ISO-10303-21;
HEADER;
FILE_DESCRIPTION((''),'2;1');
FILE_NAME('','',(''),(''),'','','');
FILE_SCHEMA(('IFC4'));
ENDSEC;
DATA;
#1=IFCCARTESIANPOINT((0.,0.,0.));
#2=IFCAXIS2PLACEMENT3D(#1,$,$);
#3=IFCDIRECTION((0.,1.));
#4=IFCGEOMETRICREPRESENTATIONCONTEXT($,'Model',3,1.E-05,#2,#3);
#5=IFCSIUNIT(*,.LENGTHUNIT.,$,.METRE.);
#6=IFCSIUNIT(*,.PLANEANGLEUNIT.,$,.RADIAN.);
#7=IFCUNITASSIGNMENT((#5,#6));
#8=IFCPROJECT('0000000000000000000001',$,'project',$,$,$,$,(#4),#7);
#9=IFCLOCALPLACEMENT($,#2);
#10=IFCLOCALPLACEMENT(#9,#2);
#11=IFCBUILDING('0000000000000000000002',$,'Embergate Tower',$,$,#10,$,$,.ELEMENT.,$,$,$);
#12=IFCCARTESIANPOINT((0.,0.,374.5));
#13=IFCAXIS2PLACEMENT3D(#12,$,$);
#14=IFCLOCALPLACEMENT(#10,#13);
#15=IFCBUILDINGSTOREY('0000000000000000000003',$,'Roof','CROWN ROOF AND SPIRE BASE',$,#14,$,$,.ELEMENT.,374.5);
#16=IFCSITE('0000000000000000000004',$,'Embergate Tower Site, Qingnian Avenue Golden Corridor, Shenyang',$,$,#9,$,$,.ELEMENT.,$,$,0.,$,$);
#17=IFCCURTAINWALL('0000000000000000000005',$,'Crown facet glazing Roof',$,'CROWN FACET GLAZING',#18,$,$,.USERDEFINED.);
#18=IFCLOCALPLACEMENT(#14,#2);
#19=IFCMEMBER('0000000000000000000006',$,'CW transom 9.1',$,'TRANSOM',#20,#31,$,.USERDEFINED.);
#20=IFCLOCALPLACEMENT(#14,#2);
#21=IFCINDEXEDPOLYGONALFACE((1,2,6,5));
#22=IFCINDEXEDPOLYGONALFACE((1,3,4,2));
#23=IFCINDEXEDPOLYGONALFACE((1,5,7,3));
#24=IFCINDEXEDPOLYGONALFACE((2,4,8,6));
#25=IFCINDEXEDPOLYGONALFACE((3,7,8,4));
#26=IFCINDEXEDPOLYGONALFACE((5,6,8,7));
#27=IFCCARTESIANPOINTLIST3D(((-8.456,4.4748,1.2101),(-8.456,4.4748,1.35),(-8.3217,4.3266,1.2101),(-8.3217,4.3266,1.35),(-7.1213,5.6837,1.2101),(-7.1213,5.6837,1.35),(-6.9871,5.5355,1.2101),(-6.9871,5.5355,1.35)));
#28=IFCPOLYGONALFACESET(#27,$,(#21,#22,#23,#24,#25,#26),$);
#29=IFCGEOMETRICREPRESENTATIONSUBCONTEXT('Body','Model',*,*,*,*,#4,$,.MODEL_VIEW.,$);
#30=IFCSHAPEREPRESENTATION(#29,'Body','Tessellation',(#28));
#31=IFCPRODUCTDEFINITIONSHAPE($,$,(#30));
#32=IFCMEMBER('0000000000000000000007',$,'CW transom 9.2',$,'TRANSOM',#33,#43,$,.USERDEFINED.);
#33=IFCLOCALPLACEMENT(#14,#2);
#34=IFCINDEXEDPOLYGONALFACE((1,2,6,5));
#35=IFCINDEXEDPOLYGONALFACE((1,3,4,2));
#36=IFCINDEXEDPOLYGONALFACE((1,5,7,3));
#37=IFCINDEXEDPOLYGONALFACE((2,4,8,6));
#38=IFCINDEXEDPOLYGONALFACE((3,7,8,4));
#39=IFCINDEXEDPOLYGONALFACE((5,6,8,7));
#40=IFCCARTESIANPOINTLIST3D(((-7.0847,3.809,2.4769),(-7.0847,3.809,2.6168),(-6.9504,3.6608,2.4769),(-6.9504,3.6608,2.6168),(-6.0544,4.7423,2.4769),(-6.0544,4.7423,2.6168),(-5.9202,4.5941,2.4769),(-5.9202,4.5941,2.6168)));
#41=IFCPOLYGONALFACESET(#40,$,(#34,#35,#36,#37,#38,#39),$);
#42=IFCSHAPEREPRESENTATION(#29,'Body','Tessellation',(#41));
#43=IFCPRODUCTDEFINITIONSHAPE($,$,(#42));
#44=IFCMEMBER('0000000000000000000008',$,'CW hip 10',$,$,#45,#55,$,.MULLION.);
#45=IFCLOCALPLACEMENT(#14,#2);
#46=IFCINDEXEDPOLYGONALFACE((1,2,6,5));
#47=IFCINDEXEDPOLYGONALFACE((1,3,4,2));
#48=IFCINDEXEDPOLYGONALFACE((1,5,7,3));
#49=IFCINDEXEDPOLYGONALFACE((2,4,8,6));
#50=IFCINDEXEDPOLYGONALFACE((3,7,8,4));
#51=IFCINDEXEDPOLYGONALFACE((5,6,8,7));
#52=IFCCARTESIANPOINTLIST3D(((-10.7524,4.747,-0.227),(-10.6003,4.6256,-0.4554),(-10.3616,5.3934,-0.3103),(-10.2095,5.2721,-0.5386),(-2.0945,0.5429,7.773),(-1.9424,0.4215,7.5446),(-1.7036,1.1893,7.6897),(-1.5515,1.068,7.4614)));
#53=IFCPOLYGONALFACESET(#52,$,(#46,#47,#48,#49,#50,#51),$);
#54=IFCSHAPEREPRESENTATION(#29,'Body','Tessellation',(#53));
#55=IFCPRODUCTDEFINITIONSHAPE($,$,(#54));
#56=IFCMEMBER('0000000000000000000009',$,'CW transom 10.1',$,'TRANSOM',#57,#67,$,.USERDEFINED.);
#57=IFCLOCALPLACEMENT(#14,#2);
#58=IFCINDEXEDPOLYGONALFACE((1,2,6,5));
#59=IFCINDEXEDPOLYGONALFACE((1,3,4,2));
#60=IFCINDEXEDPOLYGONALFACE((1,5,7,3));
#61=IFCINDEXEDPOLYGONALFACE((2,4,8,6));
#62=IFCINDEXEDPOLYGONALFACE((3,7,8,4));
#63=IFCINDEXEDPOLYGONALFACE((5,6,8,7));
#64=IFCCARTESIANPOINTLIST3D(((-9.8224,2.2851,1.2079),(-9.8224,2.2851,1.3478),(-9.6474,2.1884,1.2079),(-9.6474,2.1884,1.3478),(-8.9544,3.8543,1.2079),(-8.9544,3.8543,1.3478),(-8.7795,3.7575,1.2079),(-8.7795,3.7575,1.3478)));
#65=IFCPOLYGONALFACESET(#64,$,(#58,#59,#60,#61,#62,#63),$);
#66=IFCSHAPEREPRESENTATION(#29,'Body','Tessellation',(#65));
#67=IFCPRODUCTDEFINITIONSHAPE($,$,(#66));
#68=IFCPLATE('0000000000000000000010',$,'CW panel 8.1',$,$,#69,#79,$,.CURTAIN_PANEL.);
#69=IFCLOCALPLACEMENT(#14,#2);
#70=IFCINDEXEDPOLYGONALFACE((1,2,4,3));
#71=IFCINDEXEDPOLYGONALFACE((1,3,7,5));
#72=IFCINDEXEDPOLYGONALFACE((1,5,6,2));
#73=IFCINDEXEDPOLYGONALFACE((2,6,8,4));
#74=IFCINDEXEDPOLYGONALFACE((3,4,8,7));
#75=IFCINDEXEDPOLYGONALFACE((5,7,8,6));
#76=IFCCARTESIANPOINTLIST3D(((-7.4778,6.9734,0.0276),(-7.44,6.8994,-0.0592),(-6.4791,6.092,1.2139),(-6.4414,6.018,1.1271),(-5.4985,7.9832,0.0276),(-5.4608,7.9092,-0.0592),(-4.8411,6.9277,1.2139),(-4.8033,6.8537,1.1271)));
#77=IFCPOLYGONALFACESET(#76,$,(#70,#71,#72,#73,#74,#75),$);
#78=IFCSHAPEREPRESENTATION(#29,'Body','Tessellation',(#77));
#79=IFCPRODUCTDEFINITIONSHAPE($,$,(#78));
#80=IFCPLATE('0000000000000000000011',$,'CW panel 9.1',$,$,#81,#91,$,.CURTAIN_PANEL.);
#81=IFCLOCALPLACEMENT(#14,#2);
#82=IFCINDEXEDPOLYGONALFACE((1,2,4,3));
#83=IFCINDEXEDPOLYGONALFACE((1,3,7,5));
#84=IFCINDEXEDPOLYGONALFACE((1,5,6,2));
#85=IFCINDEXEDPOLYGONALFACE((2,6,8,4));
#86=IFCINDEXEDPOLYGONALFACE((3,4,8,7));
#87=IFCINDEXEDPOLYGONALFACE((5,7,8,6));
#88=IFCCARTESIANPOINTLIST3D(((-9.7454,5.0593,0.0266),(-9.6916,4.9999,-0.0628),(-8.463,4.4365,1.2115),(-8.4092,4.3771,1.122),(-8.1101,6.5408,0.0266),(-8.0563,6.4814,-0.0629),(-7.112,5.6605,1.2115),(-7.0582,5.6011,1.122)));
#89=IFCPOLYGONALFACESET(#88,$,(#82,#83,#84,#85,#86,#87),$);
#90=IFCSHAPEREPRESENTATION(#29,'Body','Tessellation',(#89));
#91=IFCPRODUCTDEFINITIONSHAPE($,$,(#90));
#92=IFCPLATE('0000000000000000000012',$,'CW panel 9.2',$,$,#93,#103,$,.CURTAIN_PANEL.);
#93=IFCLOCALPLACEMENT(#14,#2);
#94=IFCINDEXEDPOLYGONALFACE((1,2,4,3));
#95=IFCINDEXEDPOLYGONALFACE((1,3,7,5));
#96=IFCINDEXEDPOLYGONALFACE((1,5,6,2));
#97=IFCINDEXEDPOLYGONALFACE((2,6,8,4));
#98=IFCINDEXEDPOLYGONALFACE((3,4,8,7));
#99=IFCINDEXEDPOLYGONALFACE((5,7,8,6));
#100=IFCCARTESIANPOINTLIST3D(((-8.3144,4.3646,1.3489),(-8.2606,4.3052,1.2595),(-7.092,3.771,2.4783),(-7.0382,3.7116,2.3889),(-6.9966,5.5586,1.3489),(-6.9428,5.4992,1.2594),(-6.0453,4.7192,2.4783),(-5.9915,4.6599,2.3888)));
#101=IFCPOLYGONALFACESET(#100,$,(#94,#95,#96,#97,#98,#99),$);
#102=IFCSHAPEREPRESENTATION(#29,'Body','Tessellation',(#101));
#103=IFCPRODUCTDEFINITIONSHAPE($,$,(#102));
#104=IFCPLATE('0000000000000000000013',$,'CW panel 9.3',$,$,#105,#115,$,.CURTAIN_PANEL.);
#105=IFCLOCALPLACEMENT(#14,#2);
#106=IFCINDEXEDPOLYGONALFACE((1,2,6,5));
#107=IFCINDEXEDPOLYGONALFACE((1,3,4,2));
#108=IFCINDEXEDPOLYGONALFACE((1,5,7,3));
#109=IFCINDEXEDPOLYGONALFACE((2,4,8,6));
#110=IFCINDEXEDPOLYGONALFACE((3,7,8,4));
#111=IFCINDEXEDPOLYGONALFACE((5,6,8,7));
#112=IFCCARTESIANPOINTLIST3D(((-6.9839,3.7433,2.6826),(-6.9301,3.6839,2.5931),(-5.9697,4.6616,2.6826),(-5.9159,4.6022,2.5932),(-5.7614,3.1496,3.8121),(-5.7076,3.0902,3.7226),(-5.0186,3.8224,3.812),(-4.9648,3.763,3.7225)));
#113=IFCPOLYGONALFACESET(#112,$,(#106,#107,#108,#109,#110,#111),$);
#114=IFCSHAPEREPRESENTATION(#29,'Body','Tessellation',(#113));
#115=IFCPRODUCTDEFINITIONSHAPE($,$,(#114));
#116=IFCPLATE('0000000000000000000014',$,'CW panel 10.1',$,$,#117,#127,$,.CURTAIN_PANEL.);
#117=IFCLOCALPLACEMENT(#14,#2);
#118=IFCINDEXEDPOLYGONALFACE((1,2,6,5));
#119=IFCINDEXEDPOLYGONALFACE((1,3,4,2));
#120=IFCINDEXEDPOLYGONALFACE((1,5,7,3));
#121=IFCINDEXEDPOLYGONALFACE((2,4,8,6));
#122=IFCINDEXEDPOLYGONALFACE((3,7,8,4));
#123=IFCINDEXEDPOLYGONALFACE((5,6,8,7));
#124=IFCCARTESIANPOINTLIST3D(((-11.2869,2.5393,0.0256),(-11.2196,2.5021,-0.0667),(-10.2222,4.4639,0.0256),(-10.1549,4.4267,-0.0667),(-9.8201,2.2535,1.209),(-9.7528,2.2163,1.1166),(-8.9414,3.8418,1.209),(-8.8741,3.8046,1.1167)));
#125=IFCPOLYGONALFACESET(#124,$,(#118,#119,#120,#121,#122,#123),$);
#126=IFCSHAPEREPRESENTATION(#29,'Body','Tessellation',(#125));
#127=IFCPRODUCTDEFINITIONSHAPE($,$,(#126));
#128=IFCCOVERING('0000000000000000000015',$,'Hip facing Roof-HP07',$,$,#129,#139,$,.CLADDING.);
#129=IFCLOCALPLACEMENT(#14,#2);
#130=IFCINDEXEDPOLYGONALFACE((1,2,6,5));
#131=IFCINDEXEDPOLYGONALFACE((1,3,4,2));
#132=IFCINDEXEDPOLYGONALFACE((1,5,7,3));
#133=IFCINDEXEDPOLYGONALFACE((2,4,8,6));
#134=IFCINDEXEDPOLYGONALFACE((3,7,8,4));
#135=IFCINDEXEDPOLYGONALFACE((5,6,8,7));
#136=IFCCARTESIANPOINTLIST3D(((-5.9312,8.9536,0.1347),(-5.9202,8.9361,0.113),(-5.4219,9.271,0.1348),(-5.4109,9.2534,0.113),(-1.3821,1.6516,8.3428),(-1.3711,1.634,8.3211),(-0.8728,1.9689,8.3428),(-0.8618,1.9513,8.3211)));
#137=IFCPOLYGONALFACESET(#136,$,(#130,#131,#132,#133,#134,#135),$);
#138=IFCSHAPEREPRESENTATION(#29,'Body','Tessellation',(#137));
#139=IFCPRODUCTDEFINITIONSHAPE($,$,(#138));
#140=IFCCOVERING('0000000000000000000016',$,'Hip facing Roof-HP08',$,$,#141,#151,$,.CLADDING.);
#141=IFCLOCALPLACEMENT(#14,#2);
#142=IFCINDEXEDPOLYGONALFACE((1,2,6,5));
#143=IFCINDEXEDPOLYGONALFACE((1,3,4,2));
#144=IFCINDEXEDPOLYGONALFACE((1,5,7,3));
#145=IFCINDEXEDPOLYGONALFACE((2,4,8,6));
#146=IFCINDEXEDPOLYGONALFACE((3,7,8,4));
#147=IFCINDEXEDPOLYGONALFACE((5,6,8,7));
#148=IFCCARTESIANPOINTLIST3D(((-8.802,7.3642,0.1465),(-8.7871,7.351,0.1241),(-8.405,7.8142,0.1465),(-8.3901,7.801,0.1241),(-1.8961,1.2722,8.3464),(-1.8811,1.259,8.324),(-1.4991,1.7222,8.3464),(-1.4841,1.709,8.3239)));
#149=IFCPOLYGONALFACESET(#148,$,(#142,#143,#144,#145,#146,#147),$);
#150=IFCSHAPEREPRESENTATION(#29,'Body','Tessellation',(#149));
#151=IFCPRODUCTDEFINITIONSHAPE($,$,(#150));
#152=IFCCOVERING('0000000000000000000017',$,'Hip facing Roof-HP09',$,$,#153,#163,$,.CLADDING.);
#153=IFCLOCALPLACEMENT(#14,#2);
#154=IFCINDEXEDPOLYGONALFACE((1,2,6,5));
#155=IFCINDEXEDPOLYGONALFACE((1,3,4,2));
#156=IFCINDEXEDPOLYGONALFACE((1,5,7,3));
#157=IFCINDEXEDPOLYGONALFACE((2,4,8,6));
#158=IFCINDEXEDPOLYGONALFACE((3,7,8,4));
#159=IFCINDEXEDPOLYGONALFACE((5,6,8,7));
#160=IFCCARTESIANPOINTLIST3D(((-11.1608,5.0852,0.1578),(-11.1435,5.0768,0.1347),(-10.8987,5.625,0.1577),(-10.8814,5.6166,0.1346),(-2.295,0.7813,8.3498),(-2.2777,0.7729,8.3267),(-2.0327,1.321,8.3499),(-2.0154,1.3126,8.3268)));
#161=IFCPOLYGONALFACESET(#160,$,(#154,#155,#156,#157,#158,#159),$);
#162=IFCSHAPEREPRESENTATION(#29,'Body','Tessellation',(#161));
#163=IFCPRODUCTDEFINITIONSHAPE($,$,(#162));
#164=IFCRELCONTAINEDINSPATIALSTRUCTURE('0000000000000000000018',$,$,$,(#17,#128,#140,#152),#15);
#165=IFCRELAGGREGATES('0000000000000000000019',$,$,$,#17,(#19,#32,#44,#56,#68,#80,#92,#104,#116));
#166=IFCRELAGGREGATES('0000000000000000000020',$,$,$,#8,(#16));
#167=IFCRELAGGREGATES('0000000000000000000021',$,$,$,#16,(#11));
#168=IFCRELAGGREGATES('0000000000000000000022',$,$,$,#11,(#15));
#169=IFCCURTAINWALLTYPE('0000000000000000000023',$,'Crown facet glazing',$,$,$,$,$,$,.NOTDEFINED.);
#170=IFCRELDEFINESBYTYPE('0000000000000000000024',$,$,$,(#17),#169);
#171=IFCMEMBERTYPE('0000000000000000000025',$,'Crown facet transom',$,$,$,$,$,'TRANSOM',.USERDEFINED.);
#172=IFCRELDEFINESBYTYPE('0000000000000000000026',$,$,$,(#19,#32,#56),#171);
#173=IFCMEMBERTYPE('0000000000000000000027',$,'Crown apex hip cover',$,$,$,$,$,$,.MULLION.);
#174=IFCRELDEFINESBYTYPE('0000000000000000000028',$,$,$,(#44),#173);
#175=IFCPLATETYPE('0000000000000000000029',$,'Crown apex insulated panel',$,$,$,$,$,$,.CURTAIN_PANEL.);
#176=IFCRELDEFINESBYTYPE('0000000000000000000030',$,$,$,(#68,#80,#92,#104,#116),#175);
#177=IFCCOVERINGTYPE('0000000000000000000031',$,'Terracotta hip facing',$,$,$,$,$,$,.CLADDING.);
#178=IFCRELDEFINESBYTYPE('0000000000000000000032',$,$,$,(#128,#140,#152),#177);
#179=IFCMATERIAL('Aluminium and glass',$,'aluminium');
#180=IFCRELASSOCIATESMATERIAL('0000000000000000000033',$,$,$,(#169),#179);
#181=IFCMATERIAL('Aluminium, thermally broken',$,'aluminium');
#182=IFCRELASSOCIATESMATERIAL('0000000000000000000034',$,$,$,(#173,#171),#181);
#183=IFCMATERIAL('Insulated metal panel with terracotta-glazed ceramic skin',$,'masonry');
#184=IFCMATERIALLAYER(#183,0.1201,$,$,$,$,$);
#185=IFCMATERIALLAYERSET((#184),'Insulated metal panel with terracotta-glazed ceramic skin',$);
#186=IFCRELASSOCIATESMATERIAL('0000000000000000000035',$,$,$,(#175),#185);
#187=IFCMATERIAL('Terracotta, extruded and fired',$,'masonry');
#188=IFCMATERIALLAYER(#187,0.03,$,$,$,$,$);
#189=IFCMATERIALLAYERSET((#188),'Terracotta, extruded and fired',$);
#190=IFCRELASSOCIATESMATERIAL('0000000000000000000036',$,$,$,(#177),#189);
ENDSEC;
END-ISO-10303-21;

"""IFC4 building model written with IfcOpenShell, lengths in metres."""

from ifc_helpers import new_model, si_unit, direction, frame, origin, origin_2d, place, context, subcontext, project, spatial, polyline, rectangle, outline, extrude, source, transform, mapped, material, layer, layer_set, material_profile, profile_set, type_object, element, aggregate, save


model = new_model("IFC4")

# Units and contexts
model_context = context("Model", 3, precision=1e-05, world=origin(), true_north=direction((0.0, 1.0)))
body_context = subcontext(model_context, "Body", "Model", "MODEL_VIEW")
ifc_project = project(units=[si_unit("LENGTHUNIT", "METRE"), si_unit("PLANEANGLEUNIT", "RADIAN")], contexts=[model_context])

# Site, building, storey
site_placement = place(None, origin())
site = spatial("IfcSite", under=ifc_project, at=site_placement, Name="Embergate Tower Site, Qingnian Avenue Golden Corridor, Shenyang", CompositionType="ELEMENT", RefElevation=0.0)
building_placement = place(site_placement, origin())
building = spatial("IfcBuilding", under=site, at=building_placement, Name="Embergate Tower", CompositionType="ELEMENT")
storey_placement = place(building_placement, frame((0.0, 0.0, 374.5)))
storey = spatial("IfcBuildingStorey", under=building, at=storey_placement, Name="Roof", Description="CROWN ROOF AND SPIRE BASE", CompositionType="ELEMENT", Elevation=374.5)

# Curtain wall, members, plates
ifc_material_1 = material(Name="Aluminium and glass", Category="aluminium")
curtain_wall_type = type_object("IfcCurtainWallType", Name="Crown facet glazing", PredefinedType="NOTDEFINED", material=ifc_material_1)
curtain_wall_placement = place(storey_placement, origin())
curtain_wall = element("IfcCurtainWall", 1, at=curtain_wall_placement, inside=storey, type_object=curtain_wall_type, Name="Crown facet glazing Roof", ObjectType="CROWN FACET GLAZING", PredefinedType="USERDEFINED")
ifc_material_2 = material(Name="Aluminium, thermally broken", Category="aluminium")
ifc_material_profile_1 = material_profile(ifc_material_2, rectangle(XDim=0.3, YDim=0.76, at=origin_2d()), Name="AL 760x300")
ifc_profile_set_1 = profile_set([ifc_material_profile_1], Name="Aluminium, thermally broken")
member_type_1 = type_object("IfcMemberType", Name="Crown apex hip cover", PredefinedType="MULLION", material=ifc_profile_set_1)
ifc_material_profile_2 = material_profile(ifc_material_2, rectangle(XDim=0.2, YDim=0.1399, at=origin_2d()), Name="AL 140x200")
ifc_profile_set_2 = profile_set([ifc_material_profile_2], Name="Aluminium, thermally broken")
member_type_2 = type_object("IfcMemberType", Name="Crown facet transom", ElementType="TRANSOM", PredefinedType="USERDEFINED", material=ifc_profile_set_2)
shared_shape_1 = source(origin(), body_context, "Body", "SweptSolid", [
    extrude(rectangle(XDim=0.2, YDim=0.1399, at=origin_2d()), origin(), (0.0, 0.0, 1.0), 1.8008),
])
member_1_placement = place(storey_placement, frame((-7.0542, 5.6096, 1.28), z_axis=(-0.741153, -0.671336, 0.0), x_axis=(0.671336, -0.741153, 0.0)))
member_1 = element("IfcMember", 2, at=member_1_placement, type_object=member_type_2, Name="CW transom 9.1", ObjectType="TRANSOM", PredefinedType="USERDEFINED", context=body_context, shape_type="MappedRepresentation", body=[
    mapped(shared_shape_1, transform((0.0, 0.0, 0.0))),
])
shared_shape_2 = source(origin(), body_context, "Body", "SweptSolid", [
    extrude(rectangle(XDim=0.2, YDim=0.1399, at=origin_2d()), origin(), (0.0, 0.0, 1.0), 1.3901),
])
member_2_placement = place(storey_placement, frame((-5.9873, 4.6682, 2.5469), z_axis=(-0.741107, -0.671387, 0.0), x_axis=(0.671387, -0.741107, 0.0)))
member_2 = element("IfcMember", 3, at=member_2_placement, type_object=member_type_2, Name="CW transom 9.2", ObjectType="TRANSOM", PredefinedType="USERDEFINED", context=body_context, shape_type="MappedRepresentation", body=[
    mapped(shared_shape_2, transform((0.0, 0.0, 0.0))),
])
shared_shape_3 = source(origin(), body_context, "Body", "SweptSolid", [
    extrude(rectangle(XDim=0.3, YDim=0.76, at=origin_2d()), origin(), (0.0, 0.0, 1.0), 12.5154),
])
member_3_placement = place(storey_placement, frame((-10.481, 5.0095, -0.3828), z_axis=(0.691786, -0.335915, 0.639214), x_axis=(-0.506911, 0.404524, 0.761184)))
member_3 = element("IfcMember", 4, at=member_3_placement, type_object=member_type_1, Name="CW hip 10", PredefinedType="MULLION", context=body_context, shape_type="MappedRepresentation", body=[
    mapped(shared_shape_3, transform((0.0, 0.0, 0.0))),
])
shared_shape_4 = source(origin(), body_context, "Body", "SweptSolid", [
    extrude(rectangle(XDim=0.2, YDim=0.1399, at=origin_2d()), origin(), (0.0, 0.0, 1.0), 1.7932),
])
member_4_placement = place(storey_placement, frame((-8.8669, 3.8059, 1.2778), z_axis=(-0.484024, -0.875055, 0.0), x_axis=(0.875055, -0.484024, 0.0)))
member_4 = element("IfcMember", 5, at=member_4_placement, type_object=member_type_2, Name="CW transom 10.1", ObjectType="TRANSOM", PredefinedType="USERDEFINED", context=body_context, shape_type="MappedRepresentation", body=[
    mapped(shared_shape_4, transform((0.0, 0.0, 0.0))),
])
ifc_material_3 = material(Name="Insulated metal panel with terracotta-glazed ceramic skin", Category="masonry")
ifc_layer_1 = layer(ifc_material_3, 0.1201)
ifc_layer_set_1 = layer_set([ifc_layer_1], Name="Insulated metal panel with terracotta-glazed ceramic skin")
plate_type = type_object("IfcPlateType", Name="Crown apex insulated panel", PredefinedType="CURTAIN_PANEL", material=ifc_layer_set_1)
shared_shape_5 = source(origin(), body_context, "Body", "SweptSolid", [
    extrude(outline(polyline([(0.0, 0.0), (2.2219, 0.0), (1.7329, 1.7153), (-0.106, 1.7153), (0.0, 0.0)])), origin(), (0.0, 0.0, -1.0), 0.1201),
])
plate_1_placement = place(storey_placement, frame((-5.4985, 7.9832, 0.0276), z_axis=(-0.314299, 0.616041, 0.722295), x_axis=(-0.890769, -0.454456, -0.000006)))
plate_1 = element("IfcPlate", 6, at=plate_1_placement, type_object=plate_type, Name="CW panel 8.1", PredefinedType="CURTAIN_PANEL", context=body_context, shape_type="MappedRepresentation", body=[
    mapped(shared_shape_5, transform((0.0, 0.0, 0.0))),
])
shared_shape_6 = source(origin(), body_context, "Body", "SweptSolid", [
    extrude(outline(polyline([(0.0, 0.0), (2.2065, 0.0), (1.6743, 1.7756), (-0.1487, 1.7756), (0.0, 0.0)])), origin(), (0.0, 0.0, -1.0), 0.1201),
])
plate_2_placement = place(storey_placement, frame((-8.1101, 6.5408, 0.0266), z_axis=(-0.447996, 0.49453, 0.744808), x_axis=(-0.741107, -0.671387, 0.000011)))
plate_2 = element("IfcPlate", 7, at=plate_2_placement, type_object=plate_type, Name="CW panel 9.1", PredefinedType="CURTAIN_PANEL", context=body_context, shape_type="MappedRepresentation", body=[
    mapped(shared_shape_6, transform((0.0, 0.0, 0.0))),
])
shared_shape_7 = source(origin(), body_context, "Body", "SweptSolid", [
    extrude(outline(polyline([(0.0, 0.0), (1.7783, 0.0), (1.271, 1.6926), (-0.1414, 1.6926), (0.0, 0.0)])), origin(), (0.0, 0.0, -1.0), 0.1201),
])
plate_3_placement = place(storey_placement, frame((-6.9966, 5.5586, 1.3489), z_axis=(-0.447993, 0.494502, 0.744829), x_axis=(-0.741072, -0.671425, 0.000035)))
plate_3 = element("IfcPlate", 8, at=plate_3_placement, type_object=plate_type, Name="CW panel 9.2", PredefinedType="CURTAIN_PANEL", context=body_context, shape_type="MappedRepresentation", body=[
    mapped(shared_shape_7, transform((0.0, 0.0, 0.0))),
])
shared_shape_8 = source(origin(), body_context, "Body", "SweptSolid", [
    extrude(outline(polyline([(0.0, 0.0), (1.3682, 0.0), (0.8604, 1.6926), (-0.1418, 1.6924), (0.0, 0.0)])), origin(), (0.0, 0.0, -1.0), 0.1201),
])
plate_4_placement = place(storey_placement, frame((-5.9697, 4.6616, 2.6826), z_axis=(-0.447907, 0.494643, 0.744787), x_axis=(-0.741283, -0.671193, -0.000034)))
plate_4 = element("IfcPlate", 9, at=plate_4_placement, type_object=plate_type, Name="CW panel 9.3", PredefinedType="CURTAIN_PANEL", context=body_context, shape_type="MappedRepresentation", body=[
    mapped(shared_shape_8, transform((0.0, 0.0, 0.0))),
])
shared_shape_9 = source(origin(), body_context, "Body", "SweptSolid", [
    extrude(outline(polyline([(0.0, 0.0), (2.1995, 0.0), (1.7395, 1.8499), (-0.0757, 1.8499), (0.0, 0.0)])), origin(), (0.0, 0.0, -1.0), 0.1201),
])
plate_5_placement = place(storey_placement, frame((-10.2222, 4.4639, 0.0256), z_axis=(-0.559754, 0.309656, 0.768628), x_axis=(-0.484073, -0.875027, -0.000006)))
plate_5 = element("IfcPlate", 10, at=plate_5_placement, type_object=plate_type, Name="CW panel 10.1", PredefinedType="CURTAIN_PANEL", context=body_context, shape_type="MappedRepresentation", body=[
    mapped(shared_shape_9, transform((0.0, 0.0, 0.0))),
])
aggregate(curtain_wall, [member_1, member_2, member_3, member_4, plate_1, plate_2, plate_3, plate_4, plate_5])

# Coverings
ifc_material_4 = material(Name="Terracotta, extruded and fired", Category="masonry")
ifc_layer_2 = layer(ifc_material_4, 0.03)
ifc_layer_set_2 = layer_set([ifc_layer_2], Name="Terracotta, extruded and fired")
covering_type = type_object("IfcCoveringType", Name="Terracotta hip facing", PredefinedType="CLADDING", material=ifc_layer_set_2)
shared_shape_10 = source(origin(), body_context, "Body", "SweptSolid", [
    extrude(outline(polyline([(0.0, 0.0), (11.8906, 0.0), (11.8906, -0.6001), (0.0, -0.6001), (0.0, 0.0)])), origin(), (0.0, 0.0, -1.0), 0.03),
])
covering_1_placement = place(storey_placement, frame((-5.4219, 9.271, 0.1348), z_axis=(-0.3651, 0.585844, 0.723525), x_axis=(0.382579, -0.614102, 0.690298)))
element("IfcCovering", 11, at=covering_1_placement, inside=storey, type_object=covering_type, Name="Hip facing Roof-HP07", PredefinedType="CLADDING", context=body_context, shape_type="MappedRepresentation", body=[
    mapped(shared_shape_10, transform((0.0, 0.0, 0.0))),
])
shared_shape_11 = source(origin(), body_context, "Body", "SweptSolid", [
    extrude(outline(polyline([(0.0, 0.0), (12.3306, 0.0), (12.3306, -0.6001), (0.0, -0.6001), (0.0, 0.0)])), origin(), (0.0, 0.0, -1.0), 0.03),
])
covering_2_placement = place(storey_placement, frame((-8.405, 7.8142, 0.1465), z_axis=(-0.49867, 0.439955, 0.746839), x_axis=(0.560068, -0.494057, 0.665005)))
element("IfcCovering", 12, at=covering_2_placement, inside=storey, type_object=covering_type, Name="Hip facing Roof-HP08", PredefinedType="CLADDING", context=body_context, shape_type="MappedRepresentation", body=[
    mapped(shared_shape_11, transform((0.0, 0.0, 0.0))),
])
shared_shape_12 = source(origin(), body_context, "Body", "SweptSolid", [
    extrude(outline(polyline([(0.0, 0.0), (12.8157, 0.0), (12.8154, -0.6001), (0.0, -0.6001), (0.0, 0.0)])), origin(), (0.0, 0.0, -1.0), 0.03),
])
covering_3_placement = place(storey_placement, frame((-10.8987, 5.625, 0.1577), z_axis=(-0.574984, 0.2793, 0.769016), x_axis=(0.691809, -0.335836, 0.63923)))
element("IfcCovering", 13, at=covering_3_placement, inside=storey, type_object=covering_type, Name="Hip facing Roof-HP09", PredefinedType="CLADDING", context=body_context, shape_type="MappedRepresentation", body=[
    mapped(shared_shape_12, transform((0.0, 0.0, 0.0))),
])

save(model, "model.ifc")
